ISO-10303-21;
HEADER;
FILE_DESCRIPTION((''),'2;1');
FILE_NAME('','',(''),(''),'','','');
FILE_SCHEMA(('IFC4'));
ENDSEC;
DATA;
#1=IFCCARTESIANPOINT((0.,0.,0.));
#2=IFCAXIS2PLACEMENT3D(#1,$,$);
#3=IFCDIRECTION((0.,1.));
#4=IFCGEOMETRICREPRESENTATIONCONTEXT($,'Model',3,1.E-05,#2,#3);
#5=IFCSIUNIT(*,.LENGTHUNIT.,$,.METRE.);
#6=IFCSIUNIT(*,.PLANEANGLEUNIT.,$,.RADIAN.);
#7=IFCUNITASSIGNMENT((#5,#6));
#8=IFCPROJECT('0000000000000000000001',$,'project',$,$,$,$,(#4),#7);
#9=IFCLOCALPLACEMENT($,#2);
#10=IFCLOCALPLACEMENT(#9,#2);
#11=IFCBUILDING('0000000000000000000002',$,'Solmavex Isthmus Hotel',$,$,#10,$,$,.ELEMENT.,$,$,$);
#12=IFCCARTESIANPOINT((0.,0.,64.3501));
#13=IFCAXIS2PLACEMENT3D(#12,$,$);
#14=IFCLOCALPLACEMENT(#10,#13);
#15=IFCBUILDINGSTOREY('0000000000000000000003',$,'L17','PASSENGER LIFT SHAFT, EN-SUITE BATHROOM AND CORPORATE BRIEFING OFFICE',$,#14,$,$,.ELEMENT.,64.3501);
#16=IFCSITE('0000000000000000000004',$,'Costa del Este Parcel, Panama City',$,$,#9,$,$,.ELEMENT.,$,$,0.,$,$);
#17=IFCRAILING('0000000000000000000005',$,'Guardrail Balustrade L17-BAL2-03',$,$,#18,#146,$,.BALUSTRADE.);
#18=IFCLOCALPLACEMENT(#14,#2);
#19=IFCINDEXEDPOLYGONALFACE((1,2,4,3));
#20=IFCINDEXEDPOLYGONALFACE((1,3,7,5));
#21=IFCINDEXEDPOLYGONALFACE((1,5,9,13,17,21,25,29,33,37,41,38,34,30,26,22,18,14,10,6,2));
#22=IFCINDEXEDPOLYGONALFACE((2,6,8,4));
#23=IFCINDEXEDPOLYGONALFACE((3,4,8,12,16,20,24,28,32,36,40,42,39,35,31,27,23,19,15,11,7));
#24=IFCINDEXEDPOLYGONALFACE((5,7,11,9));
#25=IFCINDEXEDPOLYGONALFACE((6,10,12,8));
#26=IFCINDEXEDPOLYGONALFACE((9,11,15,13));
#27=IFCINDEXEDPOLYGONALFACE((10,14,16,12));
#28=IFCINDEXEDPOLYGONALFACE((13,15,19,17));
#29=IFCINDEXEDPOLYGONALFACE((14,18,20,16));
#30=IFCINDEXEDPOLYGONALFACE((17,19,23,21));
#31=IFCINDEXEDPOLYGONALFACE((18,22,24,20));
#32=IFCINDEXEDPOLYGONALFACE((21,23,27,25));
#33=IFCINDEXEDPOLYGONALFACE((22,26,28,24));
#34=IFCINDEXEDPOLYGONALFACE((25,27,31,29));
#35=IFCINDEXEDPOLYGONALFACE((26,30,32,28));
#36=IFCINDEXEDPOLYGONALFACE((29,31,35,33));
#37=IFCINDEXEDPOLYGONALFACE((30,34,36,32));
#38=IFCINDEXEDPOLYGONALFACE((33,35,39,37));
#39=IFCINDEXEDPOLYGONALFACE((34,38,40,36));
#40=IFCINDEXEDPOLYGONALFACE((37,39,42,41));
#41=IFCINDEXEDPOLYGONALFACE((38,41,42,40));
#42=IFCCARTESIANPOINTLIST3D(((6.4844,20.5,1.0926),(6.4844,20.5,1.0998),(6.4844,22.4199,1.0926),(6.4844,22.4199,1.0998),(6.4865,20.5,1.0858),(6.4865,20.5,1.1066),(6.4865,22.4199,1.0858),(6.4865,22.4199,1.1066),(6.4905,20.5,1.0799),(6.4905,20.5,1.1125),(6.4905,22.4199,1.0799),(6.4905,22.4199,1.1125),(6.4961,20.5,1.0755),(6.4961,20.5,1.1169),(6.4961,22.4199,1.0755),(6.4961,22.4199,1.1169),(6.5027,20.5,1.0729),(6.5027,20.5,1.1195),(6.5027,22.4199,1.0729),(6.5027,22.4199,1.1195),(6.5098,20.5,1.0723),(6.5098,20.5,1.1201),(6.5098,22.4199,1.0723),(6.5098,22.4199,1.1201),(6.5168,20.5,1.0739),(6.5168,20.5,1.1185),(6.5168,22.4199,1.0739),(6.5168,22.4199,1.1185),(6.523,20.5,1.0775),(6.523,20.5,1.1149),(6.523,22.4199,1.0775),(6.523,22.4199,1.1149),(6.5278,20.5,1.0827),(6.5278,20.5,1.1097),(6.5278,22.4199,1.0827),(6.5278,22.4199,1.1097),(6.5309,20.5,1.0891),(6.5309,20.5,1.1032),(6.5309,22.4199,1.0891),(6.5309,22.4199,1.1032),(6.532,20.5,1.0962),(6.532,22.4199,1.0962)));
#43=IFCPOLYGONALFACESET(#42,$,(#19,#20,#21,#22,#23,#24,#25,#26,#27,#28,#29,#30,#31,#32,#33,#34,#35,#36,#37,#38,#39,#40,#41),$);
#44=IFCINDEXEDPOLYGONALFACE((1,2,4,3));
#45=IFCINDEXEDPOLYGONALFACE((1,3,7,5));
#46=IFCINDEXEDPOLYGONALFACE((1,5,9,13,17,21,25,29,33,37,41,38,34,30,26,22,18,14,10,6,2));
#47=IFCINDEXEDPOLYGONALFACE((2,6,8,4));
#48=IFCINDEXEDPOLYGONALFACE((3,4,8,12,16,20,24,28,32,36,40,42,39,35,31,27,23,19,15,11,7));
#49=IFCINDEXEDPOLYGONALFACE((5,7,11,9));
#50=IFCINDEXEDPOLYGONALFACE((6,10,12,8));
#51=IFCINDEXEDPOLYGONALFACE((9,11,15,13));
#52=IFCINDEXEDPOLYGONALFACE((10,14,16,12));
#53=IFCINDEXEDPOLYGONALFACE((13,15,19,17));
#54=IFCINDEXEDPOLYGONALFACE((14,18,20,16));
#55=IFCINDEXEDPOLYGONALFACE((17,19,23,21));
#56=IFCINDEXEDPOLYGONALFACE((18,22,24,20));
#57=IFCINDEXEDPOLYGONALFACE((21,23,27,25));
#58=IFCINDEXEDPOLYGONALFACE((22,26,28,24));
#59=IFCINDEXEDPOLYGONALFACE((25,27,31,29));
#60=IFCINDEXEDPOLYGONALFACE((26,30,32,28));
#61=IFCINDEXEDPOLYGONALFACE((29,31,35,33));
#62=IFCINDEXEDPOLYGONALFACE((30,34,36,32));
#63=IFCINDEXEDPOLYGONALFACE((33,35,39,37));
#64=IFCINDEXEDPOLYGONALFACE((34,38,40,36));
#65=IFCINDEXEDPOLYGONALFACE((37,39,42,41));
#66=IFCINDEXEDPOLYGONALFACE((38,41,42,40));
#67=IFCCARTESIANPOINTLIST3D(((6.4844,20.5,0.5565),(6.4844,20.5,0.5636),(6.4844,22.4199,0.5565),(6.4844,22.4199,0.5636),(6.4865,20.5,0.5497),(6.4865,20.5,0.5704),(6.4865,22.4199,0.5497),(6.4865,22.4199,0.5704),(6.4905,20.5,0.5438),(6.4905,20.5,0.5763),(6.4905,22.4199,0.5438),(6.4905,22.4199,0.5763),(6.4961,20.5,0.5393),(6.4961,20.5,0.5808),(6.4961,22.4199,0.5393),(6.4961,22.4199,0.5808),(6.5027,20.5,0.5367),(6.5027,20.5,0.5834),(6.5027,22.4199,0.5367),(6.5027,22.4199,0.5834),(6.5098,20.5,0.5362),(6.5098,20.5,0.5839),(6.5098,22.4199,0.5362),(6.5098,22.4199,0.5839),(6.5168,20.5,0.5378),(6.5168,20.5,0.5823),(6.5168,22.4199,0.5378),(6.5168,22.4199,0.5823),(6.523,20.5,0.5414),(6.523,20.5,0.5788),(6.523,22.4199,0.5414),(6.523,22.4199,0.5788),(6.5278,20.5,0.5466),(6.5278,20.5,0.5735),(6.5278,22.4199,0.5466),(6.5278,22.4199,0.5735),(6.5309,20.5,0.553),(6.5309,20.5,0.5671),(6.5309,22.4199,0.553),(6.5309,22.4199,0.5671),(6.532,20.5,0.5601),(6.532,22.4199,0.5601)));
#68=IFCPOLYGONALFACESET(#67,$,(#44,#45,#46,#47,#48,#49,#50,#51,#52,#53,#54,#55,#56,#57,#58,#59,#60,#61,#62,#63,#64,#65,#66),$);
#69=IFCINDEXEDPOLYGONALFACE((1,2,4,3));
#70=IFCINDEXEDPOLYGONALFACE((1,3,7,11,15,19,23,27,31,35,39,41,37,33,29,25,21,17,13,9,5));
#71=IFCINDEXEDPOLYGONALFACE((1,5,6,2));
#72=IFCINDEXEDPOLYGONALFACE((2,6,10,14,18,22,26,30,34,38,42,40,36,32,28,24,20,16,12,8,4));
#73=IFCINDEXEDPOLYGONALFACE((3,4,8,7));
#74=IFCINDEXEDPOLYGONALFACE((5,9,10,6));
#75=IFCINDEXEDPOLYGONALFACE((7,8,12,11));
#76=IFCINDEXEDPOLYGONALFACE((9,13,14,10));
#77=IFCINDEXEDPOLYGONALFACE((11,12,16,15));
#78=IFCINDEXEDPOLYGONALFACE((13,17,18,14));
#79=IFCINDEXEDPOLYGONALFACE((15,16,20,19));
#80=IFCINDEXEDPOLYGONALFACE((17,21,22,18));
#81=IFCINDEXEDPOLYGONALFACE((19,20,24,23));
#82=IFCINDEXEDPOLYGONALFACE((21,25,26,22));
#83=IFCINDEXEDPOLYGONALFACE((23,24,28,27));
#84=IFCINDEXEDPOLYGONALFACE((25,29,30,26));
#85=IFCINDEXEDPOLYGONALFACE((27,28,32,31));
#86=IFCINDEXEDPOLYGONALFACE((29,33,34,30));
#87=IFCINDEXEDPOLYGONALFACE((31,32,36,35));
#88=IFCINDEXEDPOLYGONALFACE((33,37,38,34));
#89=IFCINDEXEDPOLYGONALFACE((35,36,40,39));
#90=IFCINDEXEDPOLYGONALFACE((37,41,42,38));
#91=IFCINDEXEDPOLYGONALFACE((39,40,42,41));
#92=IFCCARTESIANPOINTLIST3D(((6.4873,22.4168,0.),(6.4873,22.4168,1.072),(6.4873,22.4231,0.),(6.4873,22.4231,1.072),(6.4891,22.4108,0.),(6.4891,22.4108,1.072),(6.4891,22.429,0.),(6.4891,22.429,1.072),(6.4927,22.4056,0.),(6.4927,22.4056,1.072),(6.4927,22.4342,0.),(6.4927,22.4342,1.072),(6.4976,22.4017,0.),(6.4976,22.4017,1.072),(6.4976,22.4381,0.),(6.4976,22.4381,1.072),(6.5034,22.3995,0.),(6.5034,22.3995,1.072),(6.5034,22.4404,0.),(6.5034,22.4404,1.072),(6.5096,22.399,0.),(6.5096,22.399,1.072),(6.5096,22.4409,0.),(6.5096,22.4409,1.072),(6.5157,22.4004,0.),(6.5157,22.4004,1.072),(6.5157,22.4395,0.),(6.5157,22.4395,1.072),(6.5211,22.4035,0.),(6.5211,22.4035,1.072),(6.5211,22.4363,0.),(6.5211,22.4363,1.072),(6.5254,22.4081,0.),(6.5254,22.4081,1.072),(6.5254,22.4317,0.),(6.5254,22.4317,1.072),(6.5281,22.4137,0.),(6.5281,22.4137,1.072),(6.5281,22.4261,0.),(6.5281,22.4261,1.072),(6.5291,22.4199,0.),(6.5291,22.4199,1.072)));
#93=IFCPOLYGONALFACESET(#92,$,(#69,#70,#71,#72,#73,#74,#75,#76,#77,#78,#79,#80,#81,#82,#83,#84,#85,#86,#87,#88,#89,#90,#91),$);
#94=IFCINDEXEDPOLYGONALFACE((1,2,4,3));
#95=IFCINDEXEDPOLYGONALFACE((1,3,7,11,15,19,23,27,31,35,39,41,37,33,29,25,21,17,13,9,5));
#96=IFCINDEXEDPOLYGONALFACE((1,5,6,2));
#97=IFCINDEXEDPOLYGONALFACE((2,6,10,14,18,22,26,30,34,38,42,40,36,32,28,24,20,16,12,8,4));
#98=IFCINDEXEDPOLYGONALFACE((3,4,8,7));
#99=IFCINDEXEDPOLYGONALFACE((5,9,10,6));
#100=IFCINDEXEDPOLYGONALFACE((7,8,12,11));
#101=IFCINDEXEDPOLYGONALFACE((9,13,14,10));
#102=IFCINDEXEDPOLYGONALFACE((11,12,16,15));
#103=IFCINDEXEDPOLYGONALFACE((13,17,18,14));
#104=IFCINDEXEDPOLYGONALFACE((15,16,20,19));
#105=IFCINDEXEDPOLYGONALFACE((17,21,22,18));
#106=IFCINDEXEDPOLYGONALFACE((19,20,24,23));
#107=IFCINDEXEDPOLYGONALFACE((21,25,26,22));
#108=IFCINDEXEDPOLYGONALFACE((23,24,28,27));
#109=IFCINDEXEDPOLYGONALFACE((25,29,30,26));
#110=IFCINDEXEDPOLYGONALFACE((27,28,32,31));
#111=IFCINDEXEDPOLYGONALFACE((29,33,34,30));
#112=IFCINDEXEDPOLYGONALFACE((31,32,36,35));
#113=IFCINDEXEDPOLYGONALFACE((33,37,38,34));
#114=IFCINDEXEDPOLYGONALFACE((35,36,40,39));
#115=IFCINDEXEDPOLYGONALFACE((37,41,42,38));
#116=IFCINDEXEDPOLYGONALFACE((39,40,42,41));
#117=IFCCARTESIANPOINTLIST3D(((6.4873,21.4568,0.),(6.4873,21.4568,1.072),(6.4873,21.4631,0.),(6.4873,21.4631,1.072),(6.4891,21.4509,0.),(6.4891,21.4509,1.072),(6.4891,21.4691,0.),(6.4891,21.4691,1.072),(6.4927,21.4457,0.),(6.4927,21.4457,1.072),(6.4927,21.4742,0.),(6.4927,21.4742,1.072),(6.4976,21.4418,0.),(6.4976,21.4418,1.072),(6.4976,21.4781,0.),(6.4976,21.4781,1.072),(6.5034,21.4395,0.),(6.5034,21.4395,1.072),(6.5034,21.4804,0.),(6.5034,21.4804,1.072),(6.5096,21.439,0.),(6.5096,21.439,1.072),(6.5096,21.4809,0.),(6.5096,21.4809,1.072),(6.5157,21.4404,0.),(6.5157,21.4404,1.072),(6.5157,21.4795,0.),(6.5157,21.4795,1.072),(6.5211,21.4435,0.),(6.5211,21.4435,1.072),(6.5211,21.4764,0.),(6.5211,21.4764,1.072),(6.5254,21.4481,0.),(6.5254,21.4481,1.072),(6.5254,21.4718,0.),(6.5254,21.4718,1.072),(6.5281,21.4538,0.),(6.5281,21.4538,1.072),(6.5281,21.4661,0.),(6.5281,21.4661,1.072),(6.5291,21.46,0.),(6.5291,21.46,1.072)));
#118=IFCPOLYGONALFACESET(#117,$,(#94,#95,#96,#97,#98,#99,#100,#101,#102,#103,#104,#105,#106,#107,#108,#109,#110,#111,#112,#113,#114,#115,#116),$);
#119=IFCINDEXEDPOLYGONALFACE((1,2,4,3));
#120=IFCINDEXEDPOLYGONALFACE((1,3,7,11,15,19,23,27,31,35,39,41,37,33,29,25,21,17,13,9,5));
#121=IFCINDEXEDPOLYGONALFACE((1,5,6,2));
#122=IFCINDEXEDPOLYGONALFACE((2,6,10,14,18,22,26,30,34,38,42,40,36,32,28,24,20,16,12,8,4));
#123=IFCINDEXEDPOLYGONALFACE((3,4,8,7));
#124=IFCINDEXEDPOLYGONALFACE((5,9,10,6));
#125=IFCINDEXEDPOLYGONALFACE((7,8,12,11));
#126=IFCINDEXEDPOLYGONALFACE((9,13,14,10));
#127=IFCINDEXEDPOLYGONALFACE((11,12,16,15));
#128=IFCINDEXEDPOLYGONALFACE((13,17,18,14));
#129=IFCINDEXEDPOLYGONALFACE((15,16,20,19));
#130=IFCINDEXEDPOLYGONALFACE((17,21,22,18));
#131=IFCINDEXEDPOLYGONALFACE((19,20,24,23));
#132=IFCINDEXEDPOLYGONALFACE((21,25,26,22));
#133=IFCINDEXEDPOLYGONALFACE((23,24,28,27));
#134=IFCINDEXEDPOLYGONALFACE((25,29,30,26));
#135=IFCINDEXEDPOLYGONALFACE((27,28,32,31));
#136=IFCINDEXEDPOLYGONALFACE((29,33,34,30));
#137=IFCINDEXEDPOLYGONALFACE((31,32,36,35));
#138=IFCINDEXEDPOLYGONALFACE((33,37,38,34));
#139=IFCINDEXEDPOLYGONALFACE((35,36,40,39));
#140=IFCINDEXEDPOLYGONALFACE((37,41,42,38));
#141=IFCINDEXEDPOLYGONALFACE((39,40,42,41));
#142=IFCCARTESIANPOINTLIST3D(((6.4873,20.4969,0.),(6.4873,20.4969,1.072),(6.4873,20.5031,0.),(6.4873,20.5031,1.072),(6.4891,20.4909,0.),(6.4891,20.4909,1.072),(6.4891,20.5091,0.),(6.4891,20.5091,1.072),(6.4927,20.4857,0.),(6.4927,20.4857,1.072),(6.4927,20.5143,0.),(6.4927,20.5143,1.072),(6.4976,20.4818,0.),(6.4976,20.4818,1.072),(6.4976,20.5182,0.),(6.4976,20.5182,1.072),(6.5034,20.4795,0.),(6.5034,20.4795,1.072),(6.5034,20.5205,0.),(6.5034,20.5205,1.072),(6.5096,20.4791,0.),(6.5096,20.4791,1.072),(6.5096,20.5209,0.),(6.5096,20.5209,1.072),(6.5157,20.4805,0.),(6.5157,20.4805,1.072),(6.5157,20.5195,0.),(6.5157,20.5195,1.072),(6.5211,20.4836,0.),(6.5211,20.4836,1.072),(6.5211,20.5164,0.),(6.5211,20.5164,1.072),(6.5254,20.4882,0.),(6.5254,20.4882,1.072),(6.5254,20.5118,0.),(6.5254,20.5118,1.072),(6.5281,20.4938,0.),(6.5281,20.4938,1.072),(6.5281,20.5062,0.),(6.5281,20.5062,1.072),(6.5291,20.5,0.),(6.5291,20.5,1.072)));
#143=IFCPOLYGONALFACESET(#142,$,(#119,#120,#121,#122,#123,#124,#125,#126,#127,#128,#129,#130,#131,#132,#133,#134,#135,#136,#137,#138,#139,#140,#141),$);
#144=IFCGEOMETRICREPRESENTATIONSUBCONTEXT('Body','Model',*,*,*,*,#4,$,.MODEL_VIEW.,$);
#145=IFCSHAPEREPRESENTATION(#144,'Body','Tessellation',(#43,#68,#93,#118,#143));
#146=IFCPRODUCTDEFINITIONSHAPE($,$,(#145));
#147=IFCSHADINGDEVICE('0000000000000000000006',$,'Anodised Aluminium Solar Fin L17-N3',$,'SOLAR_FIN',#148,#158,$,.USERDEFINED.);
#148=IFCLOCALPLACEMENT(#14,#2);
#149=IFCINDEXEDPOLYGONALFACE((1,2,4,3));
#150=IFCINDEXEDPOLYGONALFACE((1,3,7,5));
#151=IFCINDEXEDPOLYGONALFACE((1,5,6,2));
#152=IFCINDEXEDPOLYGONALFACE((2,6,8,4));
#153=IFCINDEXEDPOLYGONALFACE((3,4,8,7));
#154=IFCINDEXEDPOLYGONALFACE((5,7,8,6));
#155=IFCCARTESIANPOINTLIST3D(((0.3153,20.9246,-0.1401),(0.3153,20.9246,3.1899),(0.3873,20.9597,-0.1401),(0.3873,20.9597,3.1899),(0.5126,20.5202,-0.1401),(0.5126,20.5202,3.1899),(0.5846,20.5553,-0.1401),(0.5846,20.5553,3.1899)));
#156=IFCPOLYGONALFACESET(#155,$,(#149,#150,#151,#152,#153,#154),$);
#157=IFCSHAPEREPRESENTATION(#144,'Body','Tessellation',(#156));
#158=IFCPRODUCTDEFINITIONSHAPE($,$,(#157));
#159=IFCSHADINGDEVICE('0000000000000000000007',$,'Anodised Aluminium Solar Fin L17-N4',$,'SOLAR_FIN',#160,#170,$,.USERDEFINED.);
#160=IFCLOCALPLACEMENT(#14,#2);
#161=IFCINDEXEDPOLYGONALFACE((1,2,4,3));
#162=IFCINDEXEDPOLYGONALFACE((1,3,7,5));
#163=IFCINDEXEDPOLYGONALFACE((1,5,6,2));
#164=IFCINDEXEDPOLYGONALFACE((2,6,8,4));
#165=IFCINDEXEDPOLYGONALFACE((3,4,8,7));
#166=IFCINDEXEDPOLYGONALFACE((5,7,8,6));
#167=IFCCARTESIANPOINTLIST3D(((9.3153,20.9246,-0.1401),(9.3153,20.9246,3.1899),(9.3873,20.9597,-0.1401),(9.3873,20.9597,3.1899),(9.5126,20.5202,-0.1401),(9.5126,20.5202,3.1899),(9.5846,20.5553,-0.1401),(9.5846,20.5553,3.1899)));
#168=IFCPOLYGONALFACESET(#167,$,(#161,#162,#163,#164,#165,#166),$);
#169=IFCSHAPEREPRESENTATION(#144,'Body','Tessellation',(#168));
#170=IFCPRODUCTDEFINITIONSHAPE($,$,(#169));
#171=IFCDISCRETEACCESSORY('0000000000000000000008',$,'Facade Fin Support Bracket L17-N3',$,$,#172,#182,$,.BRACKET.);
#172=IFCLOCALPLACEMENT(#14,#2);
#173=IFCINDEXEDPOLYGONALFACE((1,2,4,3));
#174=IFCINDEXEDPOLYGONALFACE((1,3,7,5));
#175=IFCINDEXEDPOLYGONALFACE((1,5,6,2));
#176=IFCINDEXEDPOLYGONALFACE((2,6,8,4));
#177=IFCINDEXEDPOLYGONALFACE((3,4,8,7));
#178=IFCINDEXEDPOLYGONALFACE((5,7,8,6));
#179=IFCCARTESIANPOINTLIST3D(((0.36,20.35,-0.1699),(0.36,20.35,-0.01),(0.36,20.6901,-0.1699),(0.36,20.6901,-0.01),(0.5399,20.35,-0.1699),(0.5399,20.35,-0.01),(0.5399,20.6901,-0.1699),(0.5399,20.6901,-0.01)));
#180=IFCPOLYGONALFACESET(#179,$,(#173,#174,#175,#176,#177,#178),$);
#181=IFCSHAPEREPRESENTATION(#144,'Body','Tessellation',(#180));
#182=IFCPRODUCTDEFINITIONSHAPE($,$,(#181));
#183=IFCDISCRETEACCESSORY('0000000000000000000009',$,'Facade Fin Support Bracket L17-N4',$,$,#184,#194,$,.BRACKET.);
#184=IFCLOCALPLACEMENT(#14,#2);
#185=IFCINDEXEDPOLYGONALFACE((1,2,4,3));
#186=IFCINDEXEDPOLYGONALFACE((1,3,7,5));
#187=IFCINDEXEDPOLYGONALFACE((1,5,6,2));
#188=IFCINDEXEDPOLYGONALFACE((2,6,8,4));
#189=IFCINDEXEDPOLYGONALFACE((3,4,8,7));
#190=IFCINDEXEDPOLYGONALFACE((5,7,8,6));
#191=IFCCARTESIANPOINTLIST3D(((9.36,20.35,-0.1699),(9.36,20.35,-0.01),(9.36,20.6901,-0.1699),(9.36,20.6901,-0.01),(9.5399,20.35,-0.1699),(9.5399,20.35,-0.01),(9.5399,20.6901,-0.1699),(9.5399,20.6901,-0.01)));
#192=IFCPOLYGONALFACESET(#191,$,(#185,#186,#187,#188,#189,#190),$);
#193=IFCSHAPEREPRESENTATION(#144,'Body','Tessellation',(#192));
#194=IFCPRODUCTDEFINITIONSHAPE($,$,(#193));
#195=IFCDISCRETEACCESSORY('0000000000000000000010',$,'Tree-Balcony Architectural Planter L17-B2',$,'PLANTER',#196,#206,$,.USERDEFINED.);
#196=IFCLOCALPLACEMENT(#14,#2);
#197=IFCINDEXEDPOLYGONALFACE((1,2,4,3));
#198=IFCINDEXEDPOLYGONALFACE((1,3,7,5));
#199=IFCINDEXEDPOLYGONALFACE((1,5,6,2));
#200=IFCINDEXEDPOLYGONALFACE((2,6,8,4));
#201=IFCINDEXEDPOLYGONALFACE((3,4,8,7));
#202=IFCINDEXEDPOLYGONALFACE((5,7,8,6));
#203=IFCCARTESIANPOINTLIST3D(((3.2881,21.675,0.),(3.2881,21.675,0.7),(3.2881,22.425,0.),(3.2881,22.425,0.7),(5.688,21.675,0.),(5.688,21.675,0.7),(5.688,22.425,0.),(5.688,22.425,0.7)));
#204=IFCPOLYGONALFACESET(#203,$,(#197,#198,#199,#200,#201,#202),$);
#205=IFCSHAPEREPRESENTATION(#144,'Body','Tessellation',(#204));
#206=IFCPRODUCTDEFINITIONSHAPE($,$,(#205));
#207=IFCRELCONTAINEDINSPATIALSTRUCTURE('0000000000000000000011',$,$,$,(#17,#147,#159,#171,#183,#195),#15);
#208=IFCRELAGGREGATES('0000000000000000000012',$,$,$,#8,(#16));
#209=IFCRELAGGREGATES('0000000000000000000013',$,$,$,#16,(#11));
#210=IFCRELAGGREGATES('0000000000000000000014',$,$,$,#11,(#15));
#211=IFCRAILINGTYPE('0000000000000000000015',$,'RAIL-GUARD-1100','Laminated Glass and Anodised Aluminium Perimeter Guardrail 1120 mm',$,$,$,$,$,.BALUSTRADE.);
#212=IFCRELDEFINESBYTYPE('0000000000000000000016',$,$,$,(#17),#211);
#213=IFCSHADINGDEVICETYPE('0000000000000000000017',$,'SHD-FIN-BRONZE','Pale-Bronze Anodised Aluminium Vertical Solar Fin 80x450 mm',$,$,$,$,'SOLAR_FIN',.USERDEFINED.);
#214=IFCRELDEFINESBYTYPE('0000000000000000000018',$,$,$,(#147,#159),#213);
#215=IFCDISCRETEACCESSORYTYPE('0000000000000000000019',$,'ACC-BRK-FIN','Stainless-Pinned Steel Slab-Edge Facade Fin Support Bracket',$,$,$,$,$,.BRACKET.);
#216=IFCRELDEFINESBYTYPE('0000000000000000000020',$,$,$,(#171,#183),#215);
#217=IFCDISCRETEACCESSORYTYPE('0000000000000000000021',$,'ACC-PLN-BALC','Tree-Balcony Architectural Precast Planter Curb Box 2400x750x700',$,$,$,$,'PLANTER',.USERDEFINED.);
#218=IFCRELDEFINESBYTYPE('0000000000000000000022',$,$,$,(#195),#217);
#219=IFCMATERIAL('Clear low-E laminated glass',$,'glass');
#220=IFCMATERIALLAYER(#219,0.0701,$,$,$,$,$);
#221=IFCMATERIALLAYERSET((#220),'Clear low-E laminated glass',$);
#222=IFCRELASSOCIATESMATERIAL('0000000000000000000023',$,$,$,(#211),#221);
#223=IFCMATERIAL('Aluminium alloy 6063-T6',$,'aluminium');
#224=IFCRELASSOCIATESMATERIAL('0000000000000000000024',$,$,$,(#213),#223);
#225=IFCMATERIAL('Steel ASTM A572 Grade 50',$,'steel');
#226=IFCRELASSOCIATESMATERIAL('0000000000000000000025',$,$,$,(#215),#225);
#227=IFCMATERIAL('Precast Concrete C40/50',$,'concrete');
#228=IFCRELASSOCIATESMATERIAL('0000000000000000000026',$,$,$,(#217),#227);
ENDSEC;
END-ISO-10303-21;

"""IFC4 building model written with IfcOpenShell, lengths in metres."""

from ifc_helpers import new_model, si_unit, direction, frame, origin, origin_2d, place, context, subcontext, project, spatial, rectangle, circle, extrude, material, layer, layer_set, type_object, element, save


model = new_model("IFC4")

# Units and contexts
model_context = context("Model", 3, precision=1e-05, world=origin(), true_north=direction((0.0, 1.0)))
body_context = subcontext(model_context, "Body", "Model", "MODEL_VIEW")
ifc_project = project(units=[si_unit("LENGTHUNIT", "METRE"), si_unit("PLANEANGLEUNIT", "RADIAN")], contexts=[model_context])

# Site, building, storey
site_placement = place(None, origin())
site = spatial("IfcSite", under=ifc_project, at=site_placement, Name="Costa del Este Parcel, Panama City", CompositionType="ELEMENT", RefElevation=0.0)
building_placement = place(site_placement, origin())
building = spatial("IfcBuilding", under=site, at=building_placement, Name="Solmavex Isthmus Hotel", CompositionType="ELEMENT")
storey_placement = place(building_placement, frame((0.0, 0.0, 64.3501)))
storey = spatial("IfcBuildingStorey", under=building, at=storey_placement, Name="L17", Description="PASSENGER LIFT SHAFT, EN-SUITE BATHROOM AND CORPORATE BRIEFING OFFICE", CompositionType="ELEMENT", Elevation=64.3501)

# Shared definitions
ifc_material_1 = material(Name="Aluminium alloy 6063-T6", Category="aluminium")

# Shared definitions
ifc_material_2 = material(Name="Clear low-E laminated glass", Category="glass")

# Shared definitions
ifc_material_3 = material(Name="Precast Concrete C40/50", Category="concrete")

# Railing
ifc_layer_1 = layer(ifc_material_2, 0.0701)
ifc_layer_set_1 = layer_set([ifc_layer_1], Name="Clear low-E laminated glass")
railing_type = type_object("IfcRailingType", Name="RAIL-GUARD-1100", Description="Laminated Glass and Anodised Aluminium Perimeter Guardrail 1120 mm", PredefinedType="BALUSTRADE", material=ifc_layer_set_1)
railing_1_placement = place(storey_placement, frame((6.5081, 22.4199, 0.0)))
element("IfcRailing", 1, at=railing_1_placement, inside=storey, type_object=railing_type, Name="Guardrail Balustrade L17-BAL2-03", PredefinedType="BALUSTRADE", context=body_context, shape_type="SweptSolid", body=[
    extrude(circle(Radius=0.0239, at=origin_2d()), frame((0.0, 0.0, 1.0962), z_axis=(0.0, -1.0, 0.0), x_axis=(1.0, 0.0, 0.0)), (0.0, 0.0, 1.0), 1.9199),
    extrude(circle(Radius=0.0239, at=origin_2d()), frame((0.0, 0.0, 0.5601), z_axis=(0.0, -1.0, 0.0), x_axis=(1.0, 0.0, 0.0)), (0.0, 0.0, 1.0), 1.9199),
    extrude(circle(Radius=0.021, at=origin_2d()), origin(), (0.0, 0.0, 1.0), 1.072),
    extrude(circle(Radius=0.021, at=origin_2d()), frame((0.0, -0.96, 0.0)), (0.0, 0.0, 1.0), 1.072),
    extrude(circle(Radius=0.021, at=origin_2d()), frame((0.0, -1.9199, 0.0)), (0.0, 0.0, 1.0), 1.072),
])

# Shading devices
shading_device_type = type_object("IfcShadingDeviceType", Name="SHD-FIN-BRONZE", Description="Pale-Bronze Anodised Aluminium Vertical Solar Fin 80x450 mm", ElementType="SOLAR_FIN", PredefinedType="USERDEFINED", material=ifc_material_1)
for number, where, z_axis, x_axis, name in (
    (2, (0.45, 20.74, -0.1401), (0.0, 0.0, 1.0), (-0.438371, 0.898794, 0.0), "Anodised Aluminium Solar Fin L17-N3"),
    (3, (9.45, 20.74, -0.1401), (0.0, 0.0, 1.0), (-0.438371, 0.898794, 0.0), "Anodised Aluminium Solar Fin L17-N4"),
):
    element("IfcShadingDevice", number, at=place(storey_placement, frame(where, z_axis=z_axis, x_axis=x_axis)), inside=storey, type_object=shading_device_type, Name=name, ObjectType="SOLAR_FIN", PredefinedType="USERDEFINED", context=body_context, shape_type="SweptSolid", body=[
        extrude(rectangle(XDim=0.45, YDim=0.0801, at=origin_2d()), origin(), (0.0, 0.0, 1.0), 3.3301),
    ])

# Discrete accessories
ifc_material_4 = material(Name="Steel ASTM A572 Grade 50", Category="steel")
discrete_accessory_type_1 = type_object("IfcDiscreteAccessoryType", Name="ACC-BRK-FIN", Description="Stainless-Pinned Steel Slab-Edge Facade Fin Support Bracket", PredefinedType="BRACKET", material=ifc_material_4)
for number, where, z_axis, x_axis, name in (
    (4, (0.45, 20.52, -0.1699), (0.0, 0.0, 1.0), (0.0, 1.0, 0.0), "Facade Fin Support Bracket L17-N3"),
    (5, (9.45, 20.52, -0.1699), (0.0, 0.0, 1.0), (0.0, 1.0, 0.0), "Facade Fin Support Bracket L17-N4"),
):
    element("IfcDiscreteAccessory", number, at=place(storey_placement, frame(where, z_axis=z_axis, x_axis=x_axis)), inside=storey, type_object=discrete_accessory_type_1, Name=name, PredefinedType="BRACKET", context=body_context, shape_type="SweptSolid", body=[
        extrude(rectangle(XDim=0.3401, YDim=0.1799, at=origin_2d()), origin(), (0.0, 0.0, 1.0), 0.1599),
    ])
discrete_accessory_type_2 = type_object("IfcDiscreteAccessoryType", Name="ACC-PLN-BALC", Description="Tree-Balcony Architectural Precast Planter Curb Box 2400x750x700", ElementType="PLANTER", PredefinedType="USERDEFINED", material=ifc_material_3)
discrete_accessory_placement = place(storey_placement, frame((4.488, 22.05, 0.0), z_axis=(0.0, 0.0, 1.0), x_axis=(1.0, 0.0, 0.0)))
element("IfcDiscreteAccessory", 6, at=discrete_accessory_placement, inside=storey, type_object=discrete_accessory_type_2, Name="Tree-Balcony Architectural Planter L17-B2", ObjectType="PLANTER", PredefinedType="USERDEFINED", context=body_context, shape_type="SweptSolid", body=[
    extrude(rectangle(XDim=2.3999, YDim=0.75, at=origin_2d()), origin(), (0.0, 0.0, 1.0), 0.7),
])

save(model, "model.ifc")
